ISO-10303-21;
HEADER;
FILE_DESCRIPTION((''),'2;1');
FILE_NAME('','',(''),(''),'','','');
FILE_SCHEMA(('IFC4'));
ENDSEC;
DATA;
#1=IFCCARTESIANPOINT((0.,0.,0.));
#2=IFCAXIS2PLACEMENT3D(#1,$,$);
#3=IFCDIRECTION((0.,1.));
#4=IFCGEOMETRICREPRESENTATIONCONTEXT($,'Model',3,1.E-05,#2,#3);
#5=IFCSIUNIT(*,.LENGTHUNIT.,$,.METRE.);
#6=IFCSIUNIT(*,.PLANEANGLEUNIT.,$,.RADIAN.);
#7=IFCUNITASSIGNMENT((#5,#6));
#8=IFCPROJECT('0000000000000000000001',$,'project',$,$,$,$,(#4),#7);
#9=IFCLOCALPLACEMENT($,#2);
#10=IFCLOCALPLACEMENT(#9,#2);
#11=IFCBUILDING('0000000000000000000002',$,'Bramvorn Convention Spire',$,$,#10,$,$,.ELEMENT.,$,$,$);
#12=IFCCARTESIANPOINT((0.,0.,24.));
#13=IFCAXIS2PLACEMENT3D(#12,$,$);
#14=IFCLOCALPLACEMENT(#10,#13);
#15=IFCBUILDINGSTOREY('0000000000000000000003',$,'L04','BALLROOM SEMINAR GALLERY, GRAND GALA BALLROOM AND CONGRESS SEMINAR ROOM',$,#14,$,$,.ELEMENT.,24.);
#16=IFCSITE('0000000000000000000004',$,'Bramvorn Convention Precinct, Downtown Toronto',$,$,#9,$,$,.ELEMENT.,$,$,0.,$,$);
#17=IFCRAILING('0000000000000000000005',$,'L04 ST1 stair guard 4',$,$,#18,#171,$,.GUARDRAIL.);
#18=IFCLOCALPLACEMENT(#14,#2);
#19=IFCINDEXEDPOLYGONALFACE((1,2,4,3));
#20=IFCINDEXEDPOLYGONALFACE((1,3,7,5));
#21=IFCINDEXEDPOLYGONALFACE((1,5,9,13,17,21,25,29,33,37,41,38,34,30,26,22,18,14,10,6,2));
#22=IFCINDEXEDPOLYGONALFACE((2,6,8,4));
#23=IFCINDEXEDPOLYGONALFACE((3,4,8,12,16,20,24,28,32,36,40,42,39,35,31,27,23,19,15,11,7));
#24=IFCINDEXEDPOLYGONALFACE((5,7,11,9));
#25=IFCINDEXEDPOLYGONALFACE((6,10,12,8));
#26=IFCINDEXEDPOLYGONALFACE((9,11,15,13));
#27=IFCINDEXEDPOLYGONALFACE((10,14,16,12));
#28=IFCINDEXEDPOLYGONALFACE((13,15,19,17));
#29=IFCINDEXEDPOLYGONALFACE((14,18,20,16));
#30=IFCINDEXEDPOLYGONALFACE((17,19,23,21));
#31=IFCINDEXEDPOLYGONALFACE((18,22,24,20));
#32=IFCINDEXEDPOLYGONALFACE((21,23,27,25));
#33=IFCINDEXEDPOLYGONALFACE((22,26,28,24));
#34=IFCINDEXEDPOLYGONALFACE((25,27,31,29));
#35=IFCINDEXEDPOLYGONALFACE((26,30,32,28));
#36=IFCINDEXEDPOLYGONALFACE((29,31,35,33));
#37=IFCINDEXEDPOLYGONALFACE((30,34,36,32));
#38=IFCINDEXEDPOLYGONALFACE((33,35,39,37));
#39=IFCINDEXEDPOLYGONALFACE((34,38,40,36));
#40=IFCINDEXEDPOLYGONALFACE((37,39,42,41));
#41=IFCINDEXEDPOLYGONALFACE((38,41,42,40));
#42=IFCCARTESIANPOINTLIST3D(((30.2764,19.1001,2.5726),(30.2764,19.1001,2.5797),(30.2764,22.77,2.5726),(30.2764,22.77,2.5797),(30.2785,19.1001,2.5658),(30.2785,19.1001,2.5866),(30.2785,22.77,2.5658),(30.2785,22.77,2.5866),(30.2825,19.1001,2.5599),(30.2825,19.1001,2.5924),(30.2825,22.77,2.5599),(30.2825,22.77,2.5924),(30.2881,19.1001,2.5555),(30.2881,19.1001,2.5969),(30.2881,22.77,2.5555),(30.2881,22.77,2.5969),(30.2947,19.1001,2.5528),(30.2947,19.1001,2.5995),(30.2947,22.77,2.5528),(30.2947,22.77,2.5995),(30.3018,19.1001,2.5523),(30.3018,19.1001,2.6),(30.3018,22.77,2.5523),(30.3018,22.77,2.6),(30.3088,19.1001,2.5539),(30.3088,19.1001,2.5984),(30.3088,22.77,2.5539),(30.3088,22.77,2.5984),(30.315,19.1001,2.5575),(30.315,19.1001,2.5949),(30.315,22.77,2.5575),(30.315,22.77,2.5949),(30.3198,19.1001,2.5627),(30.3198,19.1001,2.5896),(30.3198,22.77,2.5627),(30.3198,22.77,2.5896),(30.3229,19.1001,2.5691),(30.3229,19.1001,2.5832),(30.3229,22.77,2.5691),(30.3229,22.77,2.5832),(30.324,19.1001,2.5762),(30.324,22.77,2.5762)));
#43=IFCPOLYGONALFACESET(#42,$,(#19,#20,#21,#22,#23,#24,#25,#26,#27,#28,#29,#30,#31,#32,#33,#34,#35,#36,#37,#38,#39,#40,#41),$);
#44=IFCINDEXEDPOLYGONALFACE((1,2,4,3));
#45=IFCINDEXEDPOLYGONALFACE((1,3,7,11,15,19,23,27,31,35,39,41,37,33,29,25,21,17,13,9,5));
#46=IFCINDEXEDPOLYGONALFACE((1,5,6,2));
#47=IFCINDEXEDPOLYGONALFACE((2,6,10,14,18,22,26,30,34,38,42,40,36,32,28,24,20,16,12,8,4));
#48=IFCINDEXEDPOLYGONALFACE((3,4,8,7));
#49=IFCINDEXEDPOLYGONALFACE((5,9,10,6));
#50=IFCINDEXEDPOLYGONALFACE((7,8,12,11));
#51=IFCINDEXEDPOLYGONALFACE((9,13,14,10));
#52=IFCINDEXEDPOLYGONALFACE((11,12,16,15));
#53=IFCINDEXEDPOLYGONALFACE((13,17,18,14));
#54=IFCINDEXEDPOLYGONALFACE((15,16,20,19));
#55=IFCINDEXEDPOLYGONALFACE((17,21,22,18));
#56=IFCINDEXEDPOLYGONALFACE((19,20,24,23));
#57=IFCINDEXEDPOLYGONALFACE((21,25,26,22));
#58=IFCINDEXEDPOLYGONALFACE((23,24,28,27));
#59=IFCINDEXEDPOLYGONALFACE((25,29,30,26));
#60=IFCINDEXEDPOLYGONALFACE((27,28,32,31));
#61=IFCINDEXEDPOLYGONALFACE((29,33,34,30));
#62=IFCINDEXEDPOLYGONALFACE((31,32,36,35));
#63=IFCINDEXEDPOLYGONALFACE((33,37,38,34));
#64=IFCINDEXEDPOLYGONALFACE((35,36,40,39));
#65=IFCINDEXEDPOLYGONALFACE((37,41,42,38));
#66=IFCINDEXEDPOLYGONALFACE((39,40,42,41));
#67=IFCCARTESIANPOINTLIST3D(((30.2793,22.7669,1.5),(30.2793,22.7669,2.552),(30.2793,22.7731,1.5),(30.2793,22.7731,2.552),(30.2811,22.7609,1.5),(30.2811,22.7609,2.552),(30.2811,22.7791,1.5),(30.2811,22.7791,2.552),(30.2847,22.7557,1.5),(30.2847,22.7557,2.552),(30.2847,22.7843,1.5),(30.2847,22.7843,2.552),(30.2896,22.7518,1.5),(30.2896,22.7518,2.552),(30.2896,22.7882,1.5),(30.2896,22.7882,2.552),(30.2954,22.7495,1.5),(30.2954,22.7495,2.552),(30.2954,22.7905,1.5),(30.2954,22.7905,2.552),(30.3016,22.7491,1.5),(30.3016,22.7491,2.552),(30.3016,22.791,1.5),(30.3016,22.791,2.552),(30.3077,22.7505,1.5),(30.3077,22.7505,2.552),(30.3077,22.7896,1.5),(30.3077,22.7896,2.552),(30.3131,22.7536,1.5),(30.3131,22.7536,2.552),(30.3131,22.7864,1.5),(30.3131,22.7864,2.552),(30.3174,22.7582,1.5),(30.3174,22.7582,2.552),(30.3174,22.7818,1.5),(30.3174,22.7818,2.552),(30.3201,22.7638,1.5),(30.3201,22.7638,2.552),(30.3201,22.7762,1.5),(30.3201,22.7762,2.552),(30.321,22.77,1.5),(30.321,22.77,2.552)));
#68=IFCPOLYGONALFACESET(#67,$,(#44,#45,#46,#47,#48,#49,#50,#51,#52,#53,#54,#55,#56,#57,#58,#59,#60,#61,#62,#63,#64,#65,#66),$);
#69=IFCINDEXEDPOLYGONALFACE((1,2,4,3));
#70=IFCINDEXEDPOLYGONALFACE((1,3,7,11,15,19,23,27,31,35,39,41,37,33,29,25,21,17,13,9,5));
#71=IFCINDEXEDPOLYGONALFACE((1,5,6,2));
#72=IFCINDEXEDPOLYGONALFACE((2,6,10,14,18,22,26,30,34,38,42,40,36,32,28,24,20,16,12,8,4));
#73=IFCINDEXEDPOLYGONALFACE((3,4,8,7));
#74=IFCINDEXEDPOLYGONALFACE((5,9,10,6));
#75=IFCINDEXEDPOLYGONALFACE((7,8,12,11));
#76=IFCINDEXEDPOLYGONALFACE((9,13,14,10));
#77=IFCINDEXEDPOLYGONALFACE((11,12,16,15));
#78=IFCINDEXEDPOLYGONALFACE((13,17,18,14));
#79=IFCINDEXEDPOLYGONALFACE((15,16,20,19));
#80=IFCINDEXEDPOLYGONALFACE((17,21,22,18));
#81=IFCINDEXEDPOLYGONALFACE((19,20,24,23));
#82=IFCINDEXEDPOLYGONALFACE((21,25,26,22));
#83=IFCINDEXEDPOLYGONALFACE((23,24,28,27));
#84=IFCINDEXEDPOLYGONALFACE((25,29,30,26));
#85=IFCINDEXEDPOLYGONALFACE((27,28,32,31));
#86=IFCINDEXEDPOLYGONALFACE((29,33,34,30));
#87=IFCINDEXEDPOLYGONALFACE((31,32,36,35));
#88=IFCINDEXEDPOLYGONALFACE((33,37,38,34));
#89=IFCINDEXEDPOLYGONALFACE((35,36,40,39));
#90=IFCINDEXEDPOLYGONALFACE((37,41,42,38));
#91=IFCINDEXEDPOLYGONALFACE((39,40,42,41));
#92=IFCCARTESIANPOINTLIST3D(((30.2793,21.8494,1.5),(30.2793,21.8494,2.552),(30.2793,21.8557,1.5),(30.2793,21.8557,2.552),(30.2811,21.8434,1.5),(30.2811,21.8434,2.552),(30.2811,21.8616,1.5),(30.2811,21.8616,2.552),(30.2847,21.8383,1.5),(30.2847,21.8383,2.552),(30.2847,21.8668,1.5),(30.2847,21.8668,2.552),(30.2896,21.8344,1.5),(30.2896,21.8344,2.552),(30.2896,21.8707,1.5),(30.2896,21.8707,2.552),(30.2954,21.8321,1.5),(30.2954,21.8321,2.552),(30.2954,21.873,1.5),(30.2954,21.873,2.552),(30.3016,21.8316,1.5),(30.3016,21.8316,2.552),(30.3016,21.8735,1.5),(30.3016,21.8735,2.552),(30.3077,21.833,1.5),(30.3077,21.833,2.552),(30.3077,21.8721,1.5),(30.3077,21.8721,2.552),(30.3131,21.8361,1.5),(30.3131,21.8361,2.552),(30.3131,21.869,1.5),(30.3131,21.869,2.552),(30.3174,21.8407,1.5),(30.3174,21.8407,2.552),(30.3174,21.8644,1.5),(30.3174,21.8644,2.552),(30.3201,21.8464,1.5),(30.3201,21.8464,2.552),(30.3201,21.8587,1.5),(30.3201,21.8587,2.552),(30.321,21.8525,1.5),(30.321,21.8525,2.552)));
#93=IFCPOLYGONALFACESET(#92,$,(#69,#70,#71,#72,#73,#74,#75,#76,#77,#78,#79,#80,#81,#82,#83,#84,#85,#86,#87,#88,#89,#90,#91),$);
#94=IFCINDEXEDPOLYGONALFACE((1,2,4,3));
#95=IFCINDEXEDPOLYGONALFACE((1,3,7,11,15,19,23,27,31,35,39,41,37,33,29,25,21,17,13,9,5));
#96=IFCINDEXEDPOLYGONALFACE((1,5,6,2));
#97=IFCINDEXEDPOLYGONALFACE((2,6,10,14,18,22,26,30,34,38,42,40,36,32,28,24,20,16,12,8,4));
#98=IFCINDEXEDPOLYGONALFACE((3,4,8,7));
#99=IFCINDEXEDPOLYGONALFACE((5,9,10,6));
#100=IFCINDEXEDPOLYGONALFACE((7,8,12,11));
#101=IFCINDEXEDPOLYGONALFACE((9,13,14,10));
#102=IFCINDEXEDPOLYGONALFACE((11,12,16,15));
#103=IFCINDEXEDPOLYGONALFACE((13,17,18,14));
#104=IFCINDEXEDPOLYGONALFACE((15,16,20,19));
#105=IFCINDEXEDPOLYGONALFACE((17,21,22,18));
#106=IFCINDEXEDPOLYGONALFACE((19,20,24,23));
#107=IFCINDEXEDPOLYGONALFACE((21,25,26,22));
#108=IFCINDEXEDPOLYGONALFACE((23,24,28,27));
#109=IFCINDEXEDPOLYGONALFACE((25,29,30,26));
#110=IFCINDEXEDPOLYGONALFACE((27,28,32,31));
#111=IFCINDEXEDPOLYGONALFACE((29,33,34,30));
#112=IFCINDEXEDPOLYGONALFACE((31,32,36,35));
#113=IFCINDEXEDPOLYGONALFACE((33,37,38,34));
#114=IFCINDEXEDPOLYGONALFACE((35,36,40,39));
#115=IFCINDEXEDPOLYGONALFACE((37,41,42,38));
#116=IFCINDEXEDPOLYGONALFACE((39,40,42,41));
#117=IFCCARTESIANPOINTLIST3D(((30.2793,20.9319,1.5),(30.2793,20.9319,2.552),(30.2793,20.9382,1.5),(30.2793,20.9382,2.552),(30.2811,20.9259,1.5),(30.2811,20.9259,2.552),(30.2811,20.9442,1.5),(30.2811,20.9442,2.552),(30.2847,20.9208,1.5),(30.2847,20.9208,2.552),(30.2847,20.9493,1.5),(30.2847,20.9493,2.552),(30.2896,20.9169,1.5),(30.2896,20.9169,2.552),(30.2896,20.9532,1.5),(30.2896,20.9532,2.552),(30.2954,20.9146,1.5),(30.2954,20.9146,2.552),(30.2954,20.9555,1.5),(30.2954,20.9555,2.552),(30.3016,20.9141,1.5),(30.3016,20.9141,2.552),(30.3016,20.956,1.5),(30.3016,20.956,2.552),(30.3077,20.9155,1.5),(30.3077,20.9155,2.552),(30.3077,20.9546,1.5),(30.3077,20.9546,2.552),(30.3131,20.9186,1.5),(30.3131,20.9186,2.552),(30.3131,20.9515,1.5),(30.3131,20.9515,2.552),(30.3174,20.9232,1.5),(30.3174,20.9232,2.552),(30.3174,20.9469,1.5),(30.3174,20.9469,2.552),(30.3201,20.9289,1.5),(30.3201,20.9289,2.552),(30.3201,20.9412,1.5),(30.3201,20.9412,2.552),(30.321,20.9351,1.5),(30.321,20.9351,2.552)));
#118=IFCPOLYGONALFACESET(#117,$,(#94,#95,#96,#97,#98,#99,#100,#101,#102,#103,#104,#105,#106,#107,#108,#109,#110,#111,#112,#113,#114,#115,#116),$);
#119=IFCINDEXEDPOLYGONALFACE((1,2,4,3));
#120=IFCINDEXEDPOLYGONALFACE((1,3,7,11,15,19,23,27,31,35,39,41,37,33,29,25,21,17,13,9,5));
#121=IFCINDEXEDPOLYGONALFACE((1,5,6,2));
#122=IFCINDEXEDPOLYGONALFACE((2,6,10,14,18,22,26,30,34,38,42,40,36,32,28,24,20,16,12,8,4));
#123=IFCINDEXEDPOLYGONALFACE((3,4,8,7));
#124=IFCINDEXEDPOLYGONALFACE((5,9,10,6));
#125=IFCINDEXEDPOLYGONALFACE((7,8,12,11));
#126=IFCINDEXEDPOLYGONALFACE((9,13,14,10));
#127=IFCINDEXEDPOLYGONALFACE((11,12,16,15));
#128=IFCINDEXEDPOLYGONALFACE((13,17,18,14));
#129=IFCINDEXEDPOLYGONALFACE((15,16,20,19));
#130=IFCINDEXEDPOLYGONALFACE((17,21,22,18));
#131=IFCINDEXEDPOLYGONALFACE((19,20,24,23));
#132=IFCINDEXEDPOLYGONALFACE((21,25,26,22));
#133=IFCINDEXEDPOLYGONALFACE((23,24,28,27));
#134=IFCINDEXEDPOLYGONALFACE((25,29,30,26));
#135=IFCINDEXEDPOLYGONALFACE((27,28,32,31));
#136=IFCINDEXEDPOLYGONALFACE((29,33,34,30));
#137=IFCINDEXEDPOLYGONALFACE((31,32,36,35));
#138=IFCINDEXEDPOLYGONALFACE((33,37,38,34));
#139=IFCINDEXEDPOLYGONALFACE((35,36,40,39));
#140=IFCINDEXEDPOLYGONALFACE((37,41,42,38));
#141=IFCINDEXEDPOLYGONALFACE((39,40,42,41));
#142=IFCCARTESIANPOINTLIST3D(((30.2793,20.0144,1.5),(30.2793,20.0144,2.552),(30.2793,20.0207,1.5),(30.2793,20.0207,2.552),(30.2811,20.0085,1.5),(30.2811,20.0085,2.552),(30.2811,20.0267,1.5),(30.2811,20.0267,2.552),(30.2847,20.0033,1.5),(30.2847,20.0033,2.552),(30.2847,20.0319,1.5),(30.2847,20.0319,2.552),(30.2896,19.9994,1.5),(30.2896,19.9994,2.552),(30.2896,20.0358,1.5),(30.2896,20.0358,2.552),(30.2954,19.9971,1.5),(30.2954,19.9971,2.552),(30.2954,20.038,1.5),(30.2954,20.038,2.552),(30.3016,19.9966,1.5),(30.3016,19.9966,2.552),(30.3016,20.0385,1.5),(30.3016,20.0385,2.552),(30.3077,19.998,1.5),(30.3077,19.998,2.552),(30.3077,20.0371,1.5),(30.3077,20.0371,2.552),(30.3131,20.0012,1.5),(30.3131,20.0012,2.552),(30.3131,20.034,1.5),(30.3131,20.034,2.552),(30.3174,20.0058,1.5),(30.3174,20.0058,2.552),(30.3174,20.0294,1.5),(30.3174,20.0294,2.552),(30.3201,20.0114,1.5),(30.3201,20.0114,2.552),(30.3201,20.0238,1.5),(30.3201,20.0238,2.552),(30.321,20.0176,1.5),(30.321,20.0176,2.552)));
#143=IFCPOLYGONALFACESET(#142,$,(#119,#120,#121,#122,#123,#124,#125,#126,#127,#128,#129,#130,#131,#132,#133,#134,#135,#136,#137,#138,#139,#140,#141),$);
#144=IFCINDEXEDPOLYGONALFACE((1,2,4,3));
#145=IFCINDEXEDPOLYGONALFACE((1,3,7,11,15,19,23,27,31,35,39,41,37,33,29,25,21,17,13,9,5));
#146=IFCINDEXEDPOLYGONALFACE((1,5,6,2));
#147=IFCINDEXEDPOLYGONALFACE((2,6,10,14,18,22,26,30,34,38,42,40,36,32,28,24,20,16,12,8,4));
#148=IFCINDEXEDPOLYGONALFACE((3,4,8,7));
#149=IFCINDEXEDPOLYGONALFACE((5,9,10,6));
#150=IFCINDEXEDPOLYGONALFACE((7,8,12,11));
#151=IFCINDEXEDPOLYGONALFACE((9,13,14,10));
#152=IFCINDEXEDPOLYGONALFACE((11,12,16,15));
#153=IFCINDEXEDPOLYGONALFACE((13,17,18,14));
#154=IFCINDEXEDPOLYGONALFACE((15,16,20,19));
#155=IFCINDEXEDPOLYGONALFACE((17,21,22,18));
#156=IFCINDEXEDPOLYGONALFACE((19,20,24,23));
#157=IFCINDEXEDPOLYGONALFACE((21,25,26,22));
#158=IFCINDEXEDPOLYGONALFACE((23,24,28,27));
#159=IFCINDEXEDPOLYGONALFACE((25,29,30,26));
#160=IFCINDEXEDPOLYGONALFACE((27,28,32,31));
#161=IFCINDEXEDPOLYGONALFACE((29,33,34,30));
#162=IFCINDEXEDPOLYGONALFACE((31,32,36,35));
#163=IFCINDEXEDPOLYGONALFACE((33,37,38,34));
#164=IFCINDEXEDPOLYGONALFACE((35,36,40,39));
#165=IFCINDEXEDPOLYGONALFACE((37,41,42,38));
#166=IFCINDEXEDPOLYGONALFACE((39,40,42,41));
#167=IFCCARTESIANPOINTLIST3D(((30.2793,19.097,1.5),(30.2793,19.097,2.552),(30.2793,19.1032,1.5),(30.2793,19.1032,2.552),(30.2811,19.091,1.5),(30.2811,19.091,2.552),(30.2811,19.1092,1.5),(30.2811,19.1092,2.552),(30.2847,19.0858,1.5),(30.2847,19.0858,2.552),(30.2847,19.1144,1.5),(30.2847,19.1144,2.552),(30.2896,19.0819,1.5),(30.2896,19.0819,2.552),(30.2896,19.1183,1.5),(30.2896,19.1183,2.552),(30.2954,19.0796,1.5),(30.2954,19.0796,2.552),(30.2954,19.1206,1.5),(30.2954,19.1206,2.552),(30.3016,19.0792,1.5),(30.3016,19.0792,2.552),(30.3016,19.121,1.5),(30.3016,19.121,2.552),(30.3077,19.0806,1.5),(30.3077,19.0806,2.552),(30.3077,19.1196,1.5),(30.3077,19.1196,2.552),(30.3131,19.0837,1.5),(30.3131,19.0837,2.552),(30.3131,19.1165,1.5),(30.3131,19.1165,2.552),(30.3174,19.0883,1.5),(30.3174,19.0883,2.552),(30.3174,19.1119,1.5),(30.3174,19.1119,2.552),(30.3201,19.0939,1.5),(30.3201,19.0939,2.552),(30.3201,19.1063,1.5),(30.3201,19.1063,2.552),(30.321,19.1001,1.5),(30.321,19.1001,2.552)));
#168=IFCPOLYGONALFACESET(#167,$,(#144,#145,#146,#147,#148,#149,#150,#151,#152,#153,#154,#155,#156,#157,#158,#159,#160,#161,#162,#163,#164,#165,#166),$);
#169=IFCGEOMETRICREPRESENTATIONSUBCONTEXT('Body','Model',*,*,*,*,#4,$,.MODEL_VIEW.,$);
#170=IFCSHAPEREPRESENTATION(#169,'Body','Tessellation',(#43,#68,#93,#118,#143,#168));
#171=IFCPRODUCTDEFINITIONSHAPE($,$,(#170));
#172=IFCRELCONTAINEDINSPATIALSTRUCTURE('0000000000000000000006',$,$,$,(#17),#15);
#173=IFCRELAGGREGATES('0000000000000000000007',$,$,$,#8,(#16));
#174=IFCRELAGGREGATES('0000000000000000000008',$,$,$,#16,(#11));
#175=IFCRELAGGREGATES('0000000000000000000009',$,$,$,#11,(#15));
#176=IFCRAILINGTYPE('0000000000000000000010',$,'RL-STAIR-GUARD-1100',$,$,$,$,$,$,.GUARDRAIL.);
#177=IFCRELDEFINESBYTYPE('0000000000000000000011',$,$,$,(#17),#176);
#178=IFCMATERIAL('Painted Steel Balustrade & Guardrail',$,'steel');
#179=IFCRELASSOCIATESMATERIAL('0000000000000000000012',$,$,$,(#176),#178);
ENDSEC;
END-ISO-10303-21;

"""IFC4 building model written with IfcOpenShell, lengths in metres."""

from ifc_helpers import new_model, si_unit, direction, frame, origin, origin_2d, place, context, subcontext, project, spatial, circle, extrude, material, type_object, element, save


model = new_model("IFC4")

# Units and contexts
model_context = context("Model", 3, precision=1e-05, world=origin(), true_north=direction((0.0, 1.0)))
body_context = subcontext(model_context, "Body", "Model", "MODEL_VIEW")
ifc_project = project(units=[si_unit("LENGTHUNIT", "METRE"), si_unit("PLANEANGLEUNIT", "RADIAN")], contexts=[model_context])

# Site, building, storey
site_placement = place(None, origin())
site = spatial("IfcSite", under=ifc_project, at=site_placement, Name="Bramvorn Convention Precinct, Downtown Toronto", CompositionType="ELEMENT", RefElevation=0.0)
building_placement = place(site_placement, origin())
building = spatial("IfcBuilding", under=site, at=building_placement, Name="Bramvorn Convention Spire", CompositionType="ELEMENT")
storey_placement = place(building_placement, frame((0.0, 0.0, 24.0)))
storey = spatial("IfcBuildingStorey", under=building, at=storey_placement, Name="L04", Description="BALLROOM SEMINAR GALLERY, GRAND GALA BALLROOM AND CONGRESS SEMINAR ROOM", CompositionType="ELEMENT", Elevation=24.0)

# Railing
ifc_material_1 = material(Name="Painted Steel Balustrade & Guardrail", Category="steel")
railing_type = type_object("IfcRailingType", Name="RL-STAIR-GUARD-1100", PredefinedType="GUARDRAIL", material=ifc_material_1)
for number, where, name in (
    (1, (30.3, 22.77, 1.5), "L04 ST1 stair guard 4"),
):
    element("IfcRailing", number, at=place(storey_placement, frame(where)), inside=storey, type_object=railing_type, Name=name, PredefinedType="GUARDRAIL", context=body_context, shape_type="SweptSolid", body=[
        extrude(circle(Radius=0.0239, at=origin_2d()), frame((0.0, 0.0, 1.0762), z_axis=(0.0, -1.0, 0.0), x_axis=(1.0, 0.0, 0.0)), (0.0, 0.0, 1.0), 3.6699),
        extrude(circle(Radius=0.021, at=origin_2d()), origin(), (0.0, 0.0, 1.0), 1.052),
        extrude(circle(Radius=0.021, at=origin_2d()), frame((0.0, -0.9175, 0.0)), (0.0, 0.0, 1.0), 1.052),
        extrude(circle(Radius=0.021, at=origin_2d()), frame((0.0, -1.835, 0.0)), (0.0, 0.0, 1.0), 1.052),
        extrude(circle(Radius=0.021, at=origin_2d()), frame((0.0, -2.7524, 0.0)), (0.0, 0.0, 1.0), 1.052),
        extrude(circle(Radius=0.021, at=origin_2d()), frame((0.0, -3.6699, 0.0)), (0.0, 0.0, 1.0), 1.052),
    ])

save(model, "model.ifc")
